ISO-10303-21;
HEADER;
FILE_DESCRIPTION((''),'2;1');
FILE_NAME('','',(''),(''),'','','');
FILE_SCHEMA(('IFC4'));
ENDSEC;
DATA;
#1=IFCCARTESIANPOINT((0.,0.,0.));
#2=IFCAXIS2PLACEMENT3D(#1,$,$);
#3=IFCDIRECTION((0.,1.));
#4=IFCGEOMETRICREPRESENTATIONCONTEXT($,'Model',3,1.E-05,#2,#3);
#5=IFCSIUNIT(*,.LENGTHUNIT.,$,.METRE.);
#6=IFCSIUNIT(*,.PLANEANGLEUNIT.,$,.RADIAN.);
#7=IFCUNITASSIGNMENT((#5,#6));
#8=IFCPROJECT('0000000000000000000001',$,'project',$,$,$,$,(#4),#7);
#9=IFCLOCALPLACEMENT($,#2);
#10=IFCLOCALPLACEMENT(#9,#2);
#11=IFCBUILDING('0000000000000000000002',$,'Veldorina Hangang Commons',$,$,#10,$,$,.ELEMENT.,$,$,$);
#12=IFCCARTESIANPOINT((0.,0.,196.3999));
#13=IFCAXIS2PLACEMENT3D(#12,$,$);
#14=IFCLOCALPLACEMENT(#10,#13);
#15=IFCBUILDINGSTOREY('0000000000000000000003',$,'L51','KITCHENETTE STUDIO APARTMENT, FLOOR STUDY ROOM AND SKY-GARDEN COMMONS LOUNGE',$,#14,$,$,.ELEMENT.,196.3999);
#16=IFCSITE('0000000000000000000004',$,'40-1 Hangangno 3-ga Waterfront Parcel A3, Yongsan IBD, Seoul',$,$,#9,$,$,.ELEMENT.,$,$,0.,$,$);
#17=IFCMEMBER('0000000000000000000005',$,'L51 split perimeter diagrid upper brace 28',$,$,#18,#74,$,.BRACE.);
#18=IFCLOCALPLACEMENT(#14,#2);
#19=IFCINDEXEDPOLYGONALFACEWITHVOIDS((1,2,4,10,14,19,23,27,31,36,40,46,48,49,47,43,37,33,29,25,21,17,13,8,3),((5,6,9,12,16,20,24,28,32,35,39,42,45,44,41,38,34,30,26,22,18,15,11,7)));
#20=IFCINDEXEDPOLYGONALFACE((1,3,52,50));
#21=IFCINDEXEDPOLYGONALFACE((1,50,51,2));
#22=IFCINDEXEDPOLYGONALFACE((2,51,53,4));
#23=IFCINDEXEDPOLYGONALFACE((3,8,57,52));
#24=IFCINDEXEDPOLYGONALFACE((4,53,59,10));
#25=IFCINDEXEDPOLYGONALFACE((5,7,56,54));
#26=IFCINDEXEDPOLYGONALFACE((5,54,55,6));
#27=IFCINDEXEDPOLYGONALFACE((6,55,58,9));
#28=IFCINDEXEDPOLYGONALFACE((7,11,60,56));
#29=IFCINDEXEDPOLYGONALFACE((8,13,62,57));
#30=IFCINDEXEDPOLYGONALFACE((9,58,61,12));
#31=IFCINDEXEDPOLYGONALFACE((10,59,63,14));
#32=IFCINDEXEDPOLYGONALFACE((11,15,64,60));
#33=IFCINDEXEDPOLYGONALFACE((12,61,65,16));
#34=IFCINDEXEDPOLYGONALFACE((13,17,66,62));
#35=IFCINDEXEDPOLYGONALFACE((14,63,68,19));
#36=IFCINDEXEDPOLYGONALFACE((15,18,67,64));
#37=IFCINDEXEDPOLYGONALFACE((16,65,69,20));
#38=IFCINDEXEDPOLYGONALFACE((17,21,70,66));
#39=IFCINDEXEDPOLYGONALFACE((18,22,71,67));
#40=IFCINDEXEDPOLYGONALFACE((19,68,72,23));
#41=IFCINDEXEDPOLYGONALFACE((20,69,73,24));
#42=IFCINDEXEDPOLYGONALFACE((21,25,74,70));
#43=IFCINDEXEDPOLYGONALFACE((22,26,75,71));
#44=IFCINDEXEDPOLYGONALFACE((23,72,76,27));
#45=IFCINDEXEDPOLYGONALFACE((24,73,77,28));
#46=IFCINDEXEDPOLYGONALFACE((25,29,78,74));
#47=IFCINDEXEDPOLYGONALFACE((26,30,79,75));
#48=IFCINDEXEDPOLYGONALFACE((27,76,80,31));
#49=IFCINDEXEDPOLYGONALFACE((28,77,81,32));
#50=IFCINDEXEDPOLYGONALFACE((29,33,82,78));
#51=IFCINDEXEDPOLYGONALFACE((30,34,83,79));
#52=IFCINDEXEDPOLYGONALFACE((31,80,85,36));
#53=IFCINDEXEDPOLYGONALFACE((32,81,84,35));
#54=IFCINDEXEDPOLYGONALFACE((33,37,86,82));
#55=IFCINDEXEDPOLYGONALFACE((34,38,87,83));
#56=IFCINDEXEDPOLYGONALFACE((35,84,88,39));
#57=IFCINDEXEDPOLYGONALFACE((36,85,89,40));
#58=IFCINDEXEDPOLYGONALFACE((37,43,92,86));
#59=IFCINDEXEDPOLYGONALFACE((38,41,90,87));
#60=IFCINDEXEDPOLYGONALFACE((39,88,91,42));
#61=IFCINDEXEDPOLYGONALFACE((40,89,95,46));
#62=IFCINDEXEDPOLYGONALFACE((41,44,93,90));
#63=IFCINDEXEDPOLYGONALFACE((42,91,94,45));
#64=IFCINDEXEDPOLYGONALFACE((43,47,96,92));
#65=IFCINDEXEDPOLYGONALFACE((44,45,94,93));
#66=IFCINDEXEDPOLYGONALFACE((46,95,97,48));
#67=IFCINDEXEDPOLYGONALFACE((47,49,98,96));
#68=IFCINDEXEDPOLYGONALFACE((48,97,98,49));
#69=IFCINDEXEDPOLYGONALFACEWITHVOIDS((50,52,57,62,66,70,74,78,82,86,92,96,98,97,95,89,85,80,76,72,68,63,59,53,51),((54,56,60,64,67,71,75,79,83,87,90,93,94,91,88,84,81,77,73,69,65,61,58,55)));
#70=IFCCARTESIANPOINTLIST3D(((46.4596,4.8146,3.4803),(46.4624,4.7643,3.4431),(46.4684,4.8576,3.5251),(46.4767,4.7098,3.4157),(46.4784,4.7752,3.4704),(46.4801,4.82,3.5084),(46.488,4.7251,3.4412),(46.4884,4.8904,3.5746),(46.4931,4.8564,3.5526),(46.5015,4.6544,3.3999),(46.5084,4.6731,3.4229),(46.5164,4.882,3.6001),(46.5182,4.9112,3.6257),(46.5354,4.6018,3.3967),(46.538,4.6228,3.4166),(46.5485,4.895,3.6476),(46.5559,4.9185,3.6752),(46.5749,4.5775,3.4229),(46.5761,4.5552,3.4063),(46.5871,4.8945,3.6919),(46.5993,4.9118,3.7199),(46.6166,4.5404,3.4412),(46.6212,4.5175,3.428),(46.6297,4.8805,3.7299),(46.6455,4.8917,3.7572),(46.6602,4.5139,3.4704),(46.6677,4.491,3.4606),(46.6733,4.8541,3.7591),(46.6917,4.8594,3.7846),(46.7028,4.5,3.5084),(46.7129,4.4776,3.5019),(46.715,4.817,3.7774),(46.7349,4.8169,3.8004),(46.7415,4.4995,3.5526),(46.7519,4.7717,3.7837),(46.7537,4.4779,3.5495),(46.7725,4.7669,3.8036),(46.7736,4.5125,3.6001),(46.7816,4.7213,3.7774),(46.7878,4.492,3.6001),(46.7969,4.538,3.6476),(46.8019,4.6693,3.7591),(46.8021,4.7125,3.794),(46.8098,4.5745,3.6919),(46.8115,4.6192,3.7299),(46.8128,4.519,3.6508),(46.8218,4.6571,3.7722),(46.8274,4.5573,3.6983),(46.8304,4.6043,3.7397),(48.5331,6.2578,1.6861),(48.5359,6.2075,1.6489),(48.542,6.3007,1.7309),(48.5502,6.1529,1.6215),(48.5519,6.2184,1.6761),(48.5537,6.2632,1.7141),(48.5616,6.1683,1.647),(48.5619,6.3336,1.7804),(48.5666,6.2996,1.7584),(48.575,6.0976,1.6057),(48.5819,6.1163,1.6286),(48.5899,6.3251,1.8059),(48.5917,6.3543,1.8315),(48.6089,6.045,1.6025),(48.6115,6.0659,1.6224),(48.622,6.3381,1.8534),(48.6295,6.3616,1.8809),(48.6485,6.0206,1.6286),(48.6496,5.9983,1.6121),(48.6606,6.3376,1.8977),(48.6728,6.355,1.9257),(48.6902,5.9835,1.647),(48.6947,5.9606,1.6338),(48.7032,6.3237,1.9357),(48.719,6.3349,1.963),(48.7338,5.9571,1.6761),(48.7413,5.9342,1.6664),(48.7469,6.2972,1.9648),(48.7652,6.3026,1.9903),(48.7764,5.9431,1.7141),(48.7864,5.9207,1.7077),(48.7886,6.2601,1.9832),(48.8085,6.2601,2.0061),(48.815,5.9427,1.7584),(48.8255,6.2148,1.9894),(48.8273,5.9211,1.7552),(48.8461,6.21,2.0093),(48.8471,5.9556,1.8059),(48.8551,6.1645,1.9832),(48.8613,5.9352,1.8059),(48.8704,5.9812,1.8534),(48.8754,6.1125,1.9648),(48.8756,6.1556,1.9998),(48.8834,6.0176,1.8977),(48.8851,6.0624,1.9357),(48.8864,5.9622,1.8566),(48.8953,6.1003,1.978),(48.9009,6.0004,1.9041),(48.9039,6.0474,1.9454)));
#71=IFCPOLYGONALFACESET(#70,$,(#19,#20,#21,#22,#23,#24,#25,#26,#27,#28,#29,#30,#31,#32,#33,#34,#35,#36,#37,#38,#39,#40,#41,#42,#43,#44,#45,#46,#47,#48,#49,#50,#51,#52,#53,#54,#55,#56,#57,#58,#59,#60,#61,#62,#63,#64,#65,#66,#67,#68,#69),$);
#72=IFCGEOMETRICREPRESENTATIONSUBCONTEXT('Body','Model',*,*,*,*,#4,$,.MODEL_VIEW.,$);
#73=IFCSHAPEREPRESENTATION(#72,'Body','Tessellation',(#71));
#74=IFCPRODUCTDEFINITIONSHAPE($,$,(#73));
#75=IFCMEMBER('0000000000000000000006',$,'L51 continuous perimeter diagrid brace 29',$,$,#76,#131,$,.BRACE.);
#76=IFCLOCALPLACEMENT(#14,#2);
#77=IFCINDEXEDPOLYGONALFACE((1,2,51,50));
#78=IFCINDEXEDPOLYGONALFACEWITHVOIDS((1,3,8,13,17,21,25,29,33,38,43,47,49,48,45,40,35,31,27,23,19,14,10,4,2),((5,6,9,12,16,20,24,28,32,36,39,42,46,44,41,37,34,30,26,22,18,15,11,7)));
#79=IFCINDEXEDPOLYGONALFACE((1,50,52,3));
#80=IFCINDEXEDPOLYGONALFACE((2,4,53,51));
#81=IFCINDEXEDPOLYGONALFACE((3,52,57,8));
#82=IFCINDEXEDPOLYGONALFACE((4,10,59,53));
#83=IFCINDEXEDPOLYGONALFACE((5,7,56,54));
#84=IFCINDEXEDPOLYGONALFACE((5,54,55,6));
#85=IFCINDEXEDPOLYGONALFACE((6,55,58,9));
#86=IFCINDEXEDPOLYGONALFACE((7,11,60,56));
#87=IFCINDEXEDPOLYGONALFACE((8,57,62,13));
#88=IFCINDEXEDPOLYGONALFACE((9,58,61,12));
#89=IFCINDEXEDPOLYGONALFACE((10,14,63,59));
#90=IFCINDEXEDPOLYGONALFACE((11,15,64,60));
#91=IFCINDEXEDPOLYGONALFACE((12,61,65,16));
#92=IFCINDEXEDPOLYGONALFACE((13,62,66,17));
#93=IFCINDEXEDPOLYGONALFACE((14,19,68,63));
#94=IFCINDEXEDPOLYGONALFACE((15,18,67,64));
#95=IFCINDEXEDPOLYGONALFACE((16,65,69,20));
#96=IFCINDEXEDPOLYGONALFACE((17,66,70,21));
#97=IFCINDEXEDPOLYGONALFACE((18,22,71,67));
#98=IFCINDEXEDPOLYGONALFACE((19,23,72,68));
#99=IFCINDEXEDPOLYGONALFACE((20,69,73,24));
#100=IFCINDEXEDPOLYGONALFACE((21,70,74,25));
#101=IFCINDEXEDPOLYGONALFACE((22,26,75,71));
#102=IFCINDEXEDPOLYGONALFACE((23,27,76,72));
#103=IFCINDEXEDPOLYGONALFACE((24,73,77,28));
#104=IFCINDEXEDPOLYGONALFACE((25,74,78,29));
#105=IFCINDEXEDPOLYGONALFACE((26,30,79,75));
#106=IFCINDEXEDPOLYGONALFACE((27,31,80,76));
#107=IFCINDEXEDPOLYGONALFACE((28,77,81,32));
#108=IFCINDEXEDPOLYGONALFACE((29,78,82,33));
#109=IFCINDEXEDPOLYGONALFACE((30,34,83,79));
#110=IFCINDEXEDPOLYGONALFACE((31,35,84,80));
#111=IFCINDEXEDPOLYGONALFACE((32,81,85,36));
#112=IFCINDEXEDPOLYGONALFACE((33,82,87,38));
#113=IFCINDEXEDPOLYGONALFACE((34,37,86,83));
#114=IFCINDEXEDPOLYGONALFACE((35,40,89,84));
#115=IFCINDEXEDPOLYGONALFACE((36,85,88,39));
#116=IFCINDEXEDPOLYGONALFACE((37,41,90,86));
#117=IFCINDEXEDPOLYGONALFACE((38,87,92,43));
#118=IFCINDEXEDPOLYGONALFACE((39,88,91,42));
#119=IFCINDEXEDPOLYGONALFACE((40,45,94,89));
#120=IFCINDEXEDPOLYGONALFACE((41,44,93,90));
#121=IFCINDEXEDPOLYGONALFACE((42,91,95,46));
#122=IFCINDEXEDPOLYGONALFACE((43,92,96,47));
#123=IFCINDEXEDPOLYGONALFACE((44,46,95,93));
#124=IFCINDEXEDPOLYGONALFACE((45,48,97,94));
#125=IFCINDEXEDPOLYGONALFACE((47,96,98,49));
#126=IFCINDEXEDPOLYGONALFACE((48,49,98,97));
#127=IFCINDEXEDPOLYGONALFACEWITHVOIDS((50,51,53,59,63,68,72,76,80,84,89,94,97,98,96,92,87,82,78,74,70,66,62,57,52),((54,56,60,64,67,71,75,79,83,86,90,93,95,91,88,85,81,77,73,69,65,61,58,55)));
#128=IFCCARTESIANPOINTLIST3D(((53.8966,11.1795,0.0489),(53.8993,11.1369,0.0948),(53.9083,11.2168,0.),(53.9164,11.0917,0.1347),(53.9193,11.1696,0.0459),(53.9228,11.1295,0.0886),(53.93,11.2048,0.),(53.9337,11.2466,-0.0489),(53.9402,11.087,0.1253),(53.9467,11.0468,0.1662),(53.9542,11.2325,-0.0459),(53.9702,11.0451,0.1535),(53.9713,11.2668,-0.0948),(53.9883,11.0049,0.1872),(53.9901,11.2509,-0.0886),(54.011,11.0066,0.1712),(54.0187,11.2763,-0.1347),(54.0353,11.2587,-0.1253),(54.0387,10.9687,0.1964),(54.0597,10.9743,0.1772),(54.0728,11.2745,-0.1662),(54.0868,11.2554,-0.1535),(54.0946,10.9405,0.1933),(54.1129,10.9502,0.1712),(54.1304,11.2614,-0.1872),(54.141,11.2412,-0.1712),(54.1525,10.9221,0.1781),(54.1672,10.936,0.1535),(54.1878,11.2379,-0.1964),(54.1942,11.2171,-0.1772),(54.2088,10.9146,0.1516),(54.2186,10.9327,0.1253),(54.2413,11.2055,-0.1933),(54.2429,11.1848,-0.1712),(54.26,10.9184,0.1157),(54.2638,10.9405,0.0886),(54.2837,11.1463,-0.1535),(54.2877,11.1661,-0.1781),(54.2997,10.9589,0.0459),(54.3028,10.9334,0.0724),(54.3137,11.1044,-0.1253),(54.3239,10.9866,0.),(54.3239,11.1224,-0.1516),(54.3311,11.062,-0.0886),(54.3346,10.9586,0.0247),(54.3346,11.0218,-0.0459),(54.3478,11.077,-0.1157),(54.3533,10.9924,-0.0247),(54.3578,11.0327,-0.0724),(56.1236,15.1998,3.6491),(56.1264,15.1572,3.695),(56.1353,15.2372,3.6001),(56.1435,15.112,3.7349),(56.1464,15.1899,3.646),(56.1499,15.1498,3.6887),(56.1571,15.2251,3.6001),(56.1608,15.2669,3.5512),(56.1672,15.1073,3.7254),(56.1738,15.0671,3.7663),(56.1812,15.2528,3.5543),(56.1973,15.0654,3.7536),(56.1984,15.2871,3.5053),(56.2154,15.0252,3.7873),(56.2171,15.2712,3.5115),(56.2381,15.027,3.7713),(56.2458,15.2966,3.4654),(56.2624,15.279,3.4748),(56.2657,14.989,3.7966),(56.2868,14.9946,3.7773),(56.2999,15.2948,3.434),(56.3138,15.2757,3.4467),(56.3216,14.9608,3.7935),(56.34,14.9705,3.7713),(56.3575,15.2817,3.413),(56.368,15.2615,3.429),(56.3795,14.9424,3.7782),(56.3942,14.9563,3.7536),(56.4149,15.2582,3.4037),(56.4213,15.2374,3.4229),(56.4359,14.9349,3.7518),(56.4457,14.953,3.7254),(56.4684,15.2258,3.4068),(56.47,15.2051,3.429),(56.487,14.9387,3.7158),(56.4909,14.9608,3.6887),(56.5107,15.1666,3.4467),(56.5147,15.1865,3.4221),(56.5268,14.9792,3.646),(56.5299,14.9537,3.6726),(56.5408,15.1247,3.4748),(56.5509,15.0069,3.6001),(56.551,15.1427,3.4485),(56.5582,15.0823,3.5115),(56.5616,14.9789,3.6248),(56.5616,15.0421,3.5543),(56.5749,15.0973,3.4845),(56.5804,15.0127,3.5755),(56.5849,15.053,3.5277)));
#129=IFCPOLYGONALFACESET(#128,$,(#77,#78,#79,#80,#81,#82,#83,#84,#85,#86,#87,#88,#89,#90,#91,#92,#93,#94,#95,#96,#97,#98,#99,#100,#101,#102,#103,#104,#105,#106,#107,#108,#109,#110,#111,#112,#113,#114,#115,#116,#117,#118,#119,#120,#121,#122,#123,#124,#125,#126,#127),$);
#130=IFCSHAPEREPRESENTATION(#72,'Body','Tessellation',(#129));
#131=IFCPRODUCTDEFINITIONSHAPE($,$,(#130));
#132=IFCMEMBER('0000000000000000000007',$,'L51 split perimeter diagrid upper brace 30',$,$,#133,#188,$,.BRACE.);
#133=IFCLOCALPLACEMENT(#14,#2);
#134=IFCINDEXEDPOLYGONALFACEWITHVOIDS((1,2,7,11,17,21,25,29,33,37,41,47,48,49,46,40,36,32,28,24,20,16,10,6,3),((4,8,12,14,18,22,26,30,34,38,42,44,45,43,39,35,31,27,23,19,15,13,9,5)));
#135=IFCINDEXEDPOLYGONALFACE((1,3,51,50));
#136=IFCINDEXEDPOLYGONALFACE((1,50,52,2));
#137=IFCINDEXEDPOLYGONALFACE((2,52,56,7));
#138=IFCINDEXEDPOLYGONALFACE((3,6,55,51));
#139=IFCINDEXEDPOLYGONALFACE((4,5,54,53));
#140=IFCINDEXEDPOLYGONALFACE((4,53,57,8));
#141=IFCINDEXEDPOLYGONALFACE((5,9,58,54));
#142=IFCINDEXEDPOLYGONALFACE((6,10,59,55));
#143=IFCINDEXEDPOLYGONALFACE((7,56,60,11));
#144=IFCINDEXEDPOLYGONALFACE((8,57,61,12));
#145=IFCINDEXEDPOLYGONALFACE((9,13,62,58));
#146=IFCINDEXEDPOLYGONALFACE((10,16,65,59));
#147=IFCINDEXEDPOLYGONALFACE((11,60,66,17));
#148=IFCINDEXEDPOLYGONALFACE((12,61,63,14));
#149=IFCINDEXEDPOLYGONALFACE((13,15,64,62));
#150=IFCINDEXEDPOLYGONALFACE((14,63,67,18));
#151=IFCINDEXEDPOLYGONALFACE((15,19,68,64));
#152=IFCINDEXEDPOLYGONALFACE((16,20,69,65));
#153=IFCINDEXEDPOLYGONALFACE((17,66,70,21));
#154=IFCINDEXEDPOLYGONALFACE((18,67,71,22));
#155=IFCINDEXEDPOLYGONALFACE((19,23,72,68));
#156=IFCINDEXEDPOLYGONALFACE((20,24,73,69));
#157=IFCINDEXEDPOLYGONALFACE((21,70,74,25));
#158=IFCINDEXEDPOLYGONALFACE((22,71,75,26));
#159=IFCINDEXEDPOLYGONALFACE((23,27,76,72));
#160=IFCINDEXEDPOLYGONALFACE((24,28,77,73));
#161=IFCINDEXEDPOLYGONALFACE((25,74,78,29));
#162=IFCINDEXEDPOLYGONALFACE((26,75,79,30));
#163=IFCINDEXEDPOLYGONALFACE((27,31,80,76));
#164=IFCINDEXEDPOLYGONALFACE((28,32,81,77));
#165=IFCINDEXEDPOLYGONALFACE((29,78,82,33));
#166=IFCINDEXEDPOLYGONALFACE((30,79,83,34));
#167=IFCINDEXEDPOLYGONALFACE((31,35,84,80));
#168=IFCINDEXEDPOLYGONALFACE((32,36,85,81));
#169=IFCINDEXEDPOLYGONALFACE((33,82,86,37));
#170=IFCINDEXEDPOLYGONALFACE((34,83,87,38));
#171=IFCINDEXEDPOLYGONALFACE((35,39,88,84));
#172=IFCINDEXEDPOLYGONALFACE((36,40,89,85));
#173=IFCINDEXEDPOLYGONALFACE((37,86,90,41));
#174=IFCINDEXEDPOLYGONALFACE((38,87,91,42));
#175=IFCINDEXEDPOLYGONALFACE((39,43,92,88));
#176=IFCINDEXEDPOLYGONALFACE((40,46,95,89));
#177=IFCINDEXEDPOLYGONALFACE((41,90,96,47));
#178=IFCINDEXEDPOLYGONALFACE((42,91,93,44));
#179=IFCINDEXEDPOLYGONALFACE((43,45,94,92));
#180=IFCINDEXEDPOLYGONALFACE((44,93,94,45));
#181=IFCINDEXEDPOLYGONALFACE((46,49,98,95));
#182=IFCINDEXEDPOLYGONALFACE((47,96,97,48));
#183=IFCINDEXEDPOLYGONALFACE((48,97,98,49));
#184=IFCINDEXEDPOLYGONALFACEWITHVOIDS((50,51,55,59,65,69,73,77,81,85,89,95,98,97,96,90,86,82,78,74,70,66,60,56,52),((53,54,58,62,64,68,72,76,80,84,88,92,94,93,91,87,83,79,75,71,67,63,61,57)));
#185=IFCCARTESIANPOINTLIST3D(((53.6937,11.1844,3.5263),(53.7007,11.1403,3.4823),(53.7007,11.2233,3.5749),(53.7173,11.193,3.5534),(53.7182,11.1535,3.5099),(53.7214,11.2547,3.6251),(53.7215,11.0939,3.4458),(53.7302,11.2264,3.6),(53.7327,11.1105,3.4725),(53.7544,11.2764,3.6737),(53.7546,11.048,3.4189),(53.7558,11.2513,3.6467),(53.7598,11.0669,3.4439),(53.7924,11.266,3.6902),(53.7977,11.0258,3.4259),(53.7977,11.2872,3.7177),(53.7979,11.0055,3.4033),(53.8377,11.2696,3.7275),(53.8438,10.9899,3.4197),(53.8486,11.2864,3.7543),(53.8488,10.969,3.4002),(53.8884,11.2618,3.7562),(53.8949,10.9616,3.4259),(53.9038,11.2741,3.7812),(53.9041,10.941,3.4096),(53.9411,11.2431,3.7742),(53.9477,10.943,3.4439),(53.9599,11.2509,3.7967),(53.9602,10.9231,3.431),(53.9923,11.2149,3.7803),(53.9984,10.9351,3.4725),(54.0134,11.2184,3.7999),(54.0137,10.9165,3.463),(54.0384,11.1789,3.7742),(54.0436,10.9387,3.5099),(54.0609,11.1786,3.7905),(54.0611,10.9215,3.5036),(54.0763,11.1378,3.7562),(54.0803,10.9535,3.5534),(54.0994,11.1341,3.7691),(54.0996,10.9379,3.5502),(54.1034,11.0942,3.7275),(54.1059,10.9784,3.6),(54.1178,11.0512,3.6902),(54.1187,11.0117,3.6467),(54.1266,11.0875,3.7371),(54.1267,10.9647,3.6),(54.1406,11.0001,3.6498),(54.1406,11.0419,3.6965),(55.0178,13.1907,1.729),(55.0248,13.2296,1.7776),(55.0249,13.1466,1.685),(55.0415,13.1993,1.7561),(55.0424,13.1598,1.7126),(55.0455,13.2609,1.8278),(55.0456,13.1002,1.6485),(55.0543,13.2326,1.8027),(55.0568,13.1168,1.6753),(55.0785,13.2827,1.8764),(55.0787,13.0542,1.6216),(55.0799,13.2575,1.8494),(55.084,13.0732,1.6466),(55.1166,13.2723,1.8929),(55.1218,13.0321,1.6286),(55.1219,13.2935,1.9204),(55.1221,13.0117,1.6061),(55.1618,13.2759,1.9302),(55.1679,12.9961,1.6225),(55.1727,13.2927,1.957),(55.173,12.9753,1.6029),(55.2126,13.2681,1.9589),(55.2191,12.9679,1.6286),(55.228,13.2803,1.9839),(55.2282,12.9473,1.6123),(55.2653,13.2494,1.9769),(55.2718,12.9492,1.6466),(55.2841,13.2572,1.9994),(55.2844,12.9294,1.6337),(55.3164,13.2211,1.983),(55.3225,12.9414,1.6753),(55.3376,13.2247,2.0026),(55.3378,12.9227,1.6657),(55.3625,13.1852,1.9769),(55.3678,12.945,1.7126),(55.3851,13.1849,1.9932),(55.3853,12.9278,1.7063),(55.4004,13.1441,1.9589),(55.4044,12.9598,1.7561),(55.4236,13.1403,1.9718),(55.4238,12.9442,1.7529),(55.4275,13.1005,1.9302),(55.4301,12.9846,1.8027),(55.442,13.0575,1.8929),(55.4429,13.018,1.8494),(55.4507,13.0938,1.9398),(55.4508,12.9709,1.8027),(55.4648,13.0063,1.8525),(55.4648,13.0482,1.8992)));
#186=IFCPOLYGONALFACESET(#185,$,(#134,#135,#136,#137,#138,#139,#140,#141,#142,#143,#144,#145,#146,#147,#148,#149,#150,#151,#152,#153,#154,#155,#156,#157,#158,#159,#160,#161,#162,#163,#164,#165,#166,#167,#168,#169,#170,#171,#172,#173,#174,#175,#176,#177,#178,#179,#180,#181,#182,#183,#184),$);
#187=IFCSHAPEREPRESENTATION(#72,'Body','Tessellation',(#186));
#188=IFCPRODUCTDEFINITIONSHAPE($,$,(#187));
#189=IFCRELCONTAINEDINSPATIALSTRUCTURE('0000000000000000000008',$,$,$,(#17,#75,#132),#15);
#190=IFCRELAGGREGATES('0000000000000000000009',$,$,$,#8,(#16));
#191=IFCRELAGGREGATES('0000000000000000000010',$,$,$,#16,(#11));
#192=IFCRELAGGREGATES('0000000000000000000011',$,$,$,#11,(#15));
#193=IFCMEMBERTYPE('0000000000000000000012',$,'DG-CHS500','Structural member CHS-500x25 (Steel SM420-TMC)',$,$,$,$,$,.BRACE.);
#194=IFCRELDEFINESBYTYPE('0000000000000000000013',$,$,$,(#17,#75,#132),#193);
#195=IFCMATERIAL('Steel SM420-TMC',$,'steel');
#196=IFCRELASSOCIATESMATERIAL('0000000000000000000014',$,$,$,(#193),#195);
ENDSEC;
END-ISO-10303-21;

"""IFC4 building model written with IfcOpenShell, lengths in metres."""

from ifc_helpers import new_model, si_unit, direction, frame, origin, origin_2d, place, context, subcontext, project, spatial, hollow_circle, extrude, material, material_profile, profile_set, type_object, element, save


model = new_model("IFC4")

# Units and contexts
model_context = context("Model", 3, precision=1e-05, world=origin(), true_north=direction((0.0, 1.0)))
body_context = subcontext(model_context, "Body", "Model", "MODEL_VIEW")
ifc_project = project(units=[si_unit("LENGTHUNIT", "METRE"), si_unit("PLANEANGLEUNIT", "RADIAN")], contexts=[model_context])

# Site, building, storey
site_placement = place(None, origin())
site = spatial("IfcSite", under=ifc_project, at=site_placement, Name="40-1 Hangangno 3-ga Waterfront Parcel A3, Yongsan IBD, Seoul", CompositionType="ELEMENT", RefElevation=0.0)
building_placement = place(site_placement, origin())
building = spatial("IfcBuilding", under=site, at=building_placement, Name="Veldorina Hangang Commons", CompositionType="ELEMENT")
storey_placement = place(building_placement, frame((0.0, 0.0, 196.3999)))
storey = spatial("IfcBuildingStorey", under=building, at=storey_placement, Name="L51", Description="KITCHENETTE STUDIO APARTMENT, FLOOR STUDY ROOM AND SKY-GARDEN COMMONS LOUNGE", CompositionType="ELEMENT", Elevation=196.3999)

# Shared definitions
ifc_material_1 = material(Name="Steel SM420-TMC", Category="steel")

# Members
ifc_material_profile_1 = material_profile(ifc_material_1, hollow_circle(Radius=0.25, WallThickness=0.0249, at=origin_2d()), Name="CHS-500x25")
ifc_profile_set_1 = profile_set([ifc_material_profile_1], Name="Steel SM420-TMC")
member_type_1 = type_object("IfcMemberType", Name="DG-CHS500", Description="Structural member CHS-500x25 (Steel SM420-TMC)", PredefinedType="BRACE", material=ifc_profile_set_1)
member_1_placement = place(storey_placement, frame((48.7185, 6.1404, 1.8059), z_axis=(-0.669178, -0.465738, 0.579041), x_axis=(0.571249, -0.820777, 0.0)))
element("IfcMember", 1, at=member_1_placement, inside=storey, type_object=member_type_1, Name="L51 split perimeter diagrid upper brace 28", PredefinedType="BRACE", context=body_context, shape_type="SweptSolid", body=[
    extrude(hollow_circle(Radius=0.25, WallThickness=0.0249, at=origin_2d()), origin(), (0.0, 0.0, 1.0), 3.0986),
])
member_2_placement = place(storey_placement, frame((54.127, 11.0957, 0.0), z_axis=(0.381471, 0.68863, 0.61666), x_axis=(-0.87475, 0.484574, 0.0)))
element("IfcMember", 2, at=member_2_placement, inside=storey, type_object=member_type_1, Name="L51 continuous perimeter diagrid brace 29", PredefinedType="BRACE", context=body_context, shape_type="SweptSolid", body=[
    extrude(hollow_circle(Radius=0.25, WallThickness=0.0249, at=origin_2d()), origin(), (0.0, 0.0, 1.0), 5.8381),
])
member_3_placement = place(storey_placement, frame((55.2422, 13.1086, 1.8027), z_axis=(-0.441173, -0.66843, 0.598805), x_axis=(0.834604, -0.550851, 0.0)))
element("IfcMember", 3, at=member_3_placement, inside=storey, type_object=member_type_1, Name="L51 split perimeter diagrid upper brace 30", PredefinedType="BRACE", context=body_context, shape_type="SweptSolid", body=[
    extrude(hollow_circle(Radius=0.25, WallThickness=0.0249, at=origin_2d()), origin(), (0.0, 0.0, 1.0), 3.0015),
])

save(model, "model.ifc")
